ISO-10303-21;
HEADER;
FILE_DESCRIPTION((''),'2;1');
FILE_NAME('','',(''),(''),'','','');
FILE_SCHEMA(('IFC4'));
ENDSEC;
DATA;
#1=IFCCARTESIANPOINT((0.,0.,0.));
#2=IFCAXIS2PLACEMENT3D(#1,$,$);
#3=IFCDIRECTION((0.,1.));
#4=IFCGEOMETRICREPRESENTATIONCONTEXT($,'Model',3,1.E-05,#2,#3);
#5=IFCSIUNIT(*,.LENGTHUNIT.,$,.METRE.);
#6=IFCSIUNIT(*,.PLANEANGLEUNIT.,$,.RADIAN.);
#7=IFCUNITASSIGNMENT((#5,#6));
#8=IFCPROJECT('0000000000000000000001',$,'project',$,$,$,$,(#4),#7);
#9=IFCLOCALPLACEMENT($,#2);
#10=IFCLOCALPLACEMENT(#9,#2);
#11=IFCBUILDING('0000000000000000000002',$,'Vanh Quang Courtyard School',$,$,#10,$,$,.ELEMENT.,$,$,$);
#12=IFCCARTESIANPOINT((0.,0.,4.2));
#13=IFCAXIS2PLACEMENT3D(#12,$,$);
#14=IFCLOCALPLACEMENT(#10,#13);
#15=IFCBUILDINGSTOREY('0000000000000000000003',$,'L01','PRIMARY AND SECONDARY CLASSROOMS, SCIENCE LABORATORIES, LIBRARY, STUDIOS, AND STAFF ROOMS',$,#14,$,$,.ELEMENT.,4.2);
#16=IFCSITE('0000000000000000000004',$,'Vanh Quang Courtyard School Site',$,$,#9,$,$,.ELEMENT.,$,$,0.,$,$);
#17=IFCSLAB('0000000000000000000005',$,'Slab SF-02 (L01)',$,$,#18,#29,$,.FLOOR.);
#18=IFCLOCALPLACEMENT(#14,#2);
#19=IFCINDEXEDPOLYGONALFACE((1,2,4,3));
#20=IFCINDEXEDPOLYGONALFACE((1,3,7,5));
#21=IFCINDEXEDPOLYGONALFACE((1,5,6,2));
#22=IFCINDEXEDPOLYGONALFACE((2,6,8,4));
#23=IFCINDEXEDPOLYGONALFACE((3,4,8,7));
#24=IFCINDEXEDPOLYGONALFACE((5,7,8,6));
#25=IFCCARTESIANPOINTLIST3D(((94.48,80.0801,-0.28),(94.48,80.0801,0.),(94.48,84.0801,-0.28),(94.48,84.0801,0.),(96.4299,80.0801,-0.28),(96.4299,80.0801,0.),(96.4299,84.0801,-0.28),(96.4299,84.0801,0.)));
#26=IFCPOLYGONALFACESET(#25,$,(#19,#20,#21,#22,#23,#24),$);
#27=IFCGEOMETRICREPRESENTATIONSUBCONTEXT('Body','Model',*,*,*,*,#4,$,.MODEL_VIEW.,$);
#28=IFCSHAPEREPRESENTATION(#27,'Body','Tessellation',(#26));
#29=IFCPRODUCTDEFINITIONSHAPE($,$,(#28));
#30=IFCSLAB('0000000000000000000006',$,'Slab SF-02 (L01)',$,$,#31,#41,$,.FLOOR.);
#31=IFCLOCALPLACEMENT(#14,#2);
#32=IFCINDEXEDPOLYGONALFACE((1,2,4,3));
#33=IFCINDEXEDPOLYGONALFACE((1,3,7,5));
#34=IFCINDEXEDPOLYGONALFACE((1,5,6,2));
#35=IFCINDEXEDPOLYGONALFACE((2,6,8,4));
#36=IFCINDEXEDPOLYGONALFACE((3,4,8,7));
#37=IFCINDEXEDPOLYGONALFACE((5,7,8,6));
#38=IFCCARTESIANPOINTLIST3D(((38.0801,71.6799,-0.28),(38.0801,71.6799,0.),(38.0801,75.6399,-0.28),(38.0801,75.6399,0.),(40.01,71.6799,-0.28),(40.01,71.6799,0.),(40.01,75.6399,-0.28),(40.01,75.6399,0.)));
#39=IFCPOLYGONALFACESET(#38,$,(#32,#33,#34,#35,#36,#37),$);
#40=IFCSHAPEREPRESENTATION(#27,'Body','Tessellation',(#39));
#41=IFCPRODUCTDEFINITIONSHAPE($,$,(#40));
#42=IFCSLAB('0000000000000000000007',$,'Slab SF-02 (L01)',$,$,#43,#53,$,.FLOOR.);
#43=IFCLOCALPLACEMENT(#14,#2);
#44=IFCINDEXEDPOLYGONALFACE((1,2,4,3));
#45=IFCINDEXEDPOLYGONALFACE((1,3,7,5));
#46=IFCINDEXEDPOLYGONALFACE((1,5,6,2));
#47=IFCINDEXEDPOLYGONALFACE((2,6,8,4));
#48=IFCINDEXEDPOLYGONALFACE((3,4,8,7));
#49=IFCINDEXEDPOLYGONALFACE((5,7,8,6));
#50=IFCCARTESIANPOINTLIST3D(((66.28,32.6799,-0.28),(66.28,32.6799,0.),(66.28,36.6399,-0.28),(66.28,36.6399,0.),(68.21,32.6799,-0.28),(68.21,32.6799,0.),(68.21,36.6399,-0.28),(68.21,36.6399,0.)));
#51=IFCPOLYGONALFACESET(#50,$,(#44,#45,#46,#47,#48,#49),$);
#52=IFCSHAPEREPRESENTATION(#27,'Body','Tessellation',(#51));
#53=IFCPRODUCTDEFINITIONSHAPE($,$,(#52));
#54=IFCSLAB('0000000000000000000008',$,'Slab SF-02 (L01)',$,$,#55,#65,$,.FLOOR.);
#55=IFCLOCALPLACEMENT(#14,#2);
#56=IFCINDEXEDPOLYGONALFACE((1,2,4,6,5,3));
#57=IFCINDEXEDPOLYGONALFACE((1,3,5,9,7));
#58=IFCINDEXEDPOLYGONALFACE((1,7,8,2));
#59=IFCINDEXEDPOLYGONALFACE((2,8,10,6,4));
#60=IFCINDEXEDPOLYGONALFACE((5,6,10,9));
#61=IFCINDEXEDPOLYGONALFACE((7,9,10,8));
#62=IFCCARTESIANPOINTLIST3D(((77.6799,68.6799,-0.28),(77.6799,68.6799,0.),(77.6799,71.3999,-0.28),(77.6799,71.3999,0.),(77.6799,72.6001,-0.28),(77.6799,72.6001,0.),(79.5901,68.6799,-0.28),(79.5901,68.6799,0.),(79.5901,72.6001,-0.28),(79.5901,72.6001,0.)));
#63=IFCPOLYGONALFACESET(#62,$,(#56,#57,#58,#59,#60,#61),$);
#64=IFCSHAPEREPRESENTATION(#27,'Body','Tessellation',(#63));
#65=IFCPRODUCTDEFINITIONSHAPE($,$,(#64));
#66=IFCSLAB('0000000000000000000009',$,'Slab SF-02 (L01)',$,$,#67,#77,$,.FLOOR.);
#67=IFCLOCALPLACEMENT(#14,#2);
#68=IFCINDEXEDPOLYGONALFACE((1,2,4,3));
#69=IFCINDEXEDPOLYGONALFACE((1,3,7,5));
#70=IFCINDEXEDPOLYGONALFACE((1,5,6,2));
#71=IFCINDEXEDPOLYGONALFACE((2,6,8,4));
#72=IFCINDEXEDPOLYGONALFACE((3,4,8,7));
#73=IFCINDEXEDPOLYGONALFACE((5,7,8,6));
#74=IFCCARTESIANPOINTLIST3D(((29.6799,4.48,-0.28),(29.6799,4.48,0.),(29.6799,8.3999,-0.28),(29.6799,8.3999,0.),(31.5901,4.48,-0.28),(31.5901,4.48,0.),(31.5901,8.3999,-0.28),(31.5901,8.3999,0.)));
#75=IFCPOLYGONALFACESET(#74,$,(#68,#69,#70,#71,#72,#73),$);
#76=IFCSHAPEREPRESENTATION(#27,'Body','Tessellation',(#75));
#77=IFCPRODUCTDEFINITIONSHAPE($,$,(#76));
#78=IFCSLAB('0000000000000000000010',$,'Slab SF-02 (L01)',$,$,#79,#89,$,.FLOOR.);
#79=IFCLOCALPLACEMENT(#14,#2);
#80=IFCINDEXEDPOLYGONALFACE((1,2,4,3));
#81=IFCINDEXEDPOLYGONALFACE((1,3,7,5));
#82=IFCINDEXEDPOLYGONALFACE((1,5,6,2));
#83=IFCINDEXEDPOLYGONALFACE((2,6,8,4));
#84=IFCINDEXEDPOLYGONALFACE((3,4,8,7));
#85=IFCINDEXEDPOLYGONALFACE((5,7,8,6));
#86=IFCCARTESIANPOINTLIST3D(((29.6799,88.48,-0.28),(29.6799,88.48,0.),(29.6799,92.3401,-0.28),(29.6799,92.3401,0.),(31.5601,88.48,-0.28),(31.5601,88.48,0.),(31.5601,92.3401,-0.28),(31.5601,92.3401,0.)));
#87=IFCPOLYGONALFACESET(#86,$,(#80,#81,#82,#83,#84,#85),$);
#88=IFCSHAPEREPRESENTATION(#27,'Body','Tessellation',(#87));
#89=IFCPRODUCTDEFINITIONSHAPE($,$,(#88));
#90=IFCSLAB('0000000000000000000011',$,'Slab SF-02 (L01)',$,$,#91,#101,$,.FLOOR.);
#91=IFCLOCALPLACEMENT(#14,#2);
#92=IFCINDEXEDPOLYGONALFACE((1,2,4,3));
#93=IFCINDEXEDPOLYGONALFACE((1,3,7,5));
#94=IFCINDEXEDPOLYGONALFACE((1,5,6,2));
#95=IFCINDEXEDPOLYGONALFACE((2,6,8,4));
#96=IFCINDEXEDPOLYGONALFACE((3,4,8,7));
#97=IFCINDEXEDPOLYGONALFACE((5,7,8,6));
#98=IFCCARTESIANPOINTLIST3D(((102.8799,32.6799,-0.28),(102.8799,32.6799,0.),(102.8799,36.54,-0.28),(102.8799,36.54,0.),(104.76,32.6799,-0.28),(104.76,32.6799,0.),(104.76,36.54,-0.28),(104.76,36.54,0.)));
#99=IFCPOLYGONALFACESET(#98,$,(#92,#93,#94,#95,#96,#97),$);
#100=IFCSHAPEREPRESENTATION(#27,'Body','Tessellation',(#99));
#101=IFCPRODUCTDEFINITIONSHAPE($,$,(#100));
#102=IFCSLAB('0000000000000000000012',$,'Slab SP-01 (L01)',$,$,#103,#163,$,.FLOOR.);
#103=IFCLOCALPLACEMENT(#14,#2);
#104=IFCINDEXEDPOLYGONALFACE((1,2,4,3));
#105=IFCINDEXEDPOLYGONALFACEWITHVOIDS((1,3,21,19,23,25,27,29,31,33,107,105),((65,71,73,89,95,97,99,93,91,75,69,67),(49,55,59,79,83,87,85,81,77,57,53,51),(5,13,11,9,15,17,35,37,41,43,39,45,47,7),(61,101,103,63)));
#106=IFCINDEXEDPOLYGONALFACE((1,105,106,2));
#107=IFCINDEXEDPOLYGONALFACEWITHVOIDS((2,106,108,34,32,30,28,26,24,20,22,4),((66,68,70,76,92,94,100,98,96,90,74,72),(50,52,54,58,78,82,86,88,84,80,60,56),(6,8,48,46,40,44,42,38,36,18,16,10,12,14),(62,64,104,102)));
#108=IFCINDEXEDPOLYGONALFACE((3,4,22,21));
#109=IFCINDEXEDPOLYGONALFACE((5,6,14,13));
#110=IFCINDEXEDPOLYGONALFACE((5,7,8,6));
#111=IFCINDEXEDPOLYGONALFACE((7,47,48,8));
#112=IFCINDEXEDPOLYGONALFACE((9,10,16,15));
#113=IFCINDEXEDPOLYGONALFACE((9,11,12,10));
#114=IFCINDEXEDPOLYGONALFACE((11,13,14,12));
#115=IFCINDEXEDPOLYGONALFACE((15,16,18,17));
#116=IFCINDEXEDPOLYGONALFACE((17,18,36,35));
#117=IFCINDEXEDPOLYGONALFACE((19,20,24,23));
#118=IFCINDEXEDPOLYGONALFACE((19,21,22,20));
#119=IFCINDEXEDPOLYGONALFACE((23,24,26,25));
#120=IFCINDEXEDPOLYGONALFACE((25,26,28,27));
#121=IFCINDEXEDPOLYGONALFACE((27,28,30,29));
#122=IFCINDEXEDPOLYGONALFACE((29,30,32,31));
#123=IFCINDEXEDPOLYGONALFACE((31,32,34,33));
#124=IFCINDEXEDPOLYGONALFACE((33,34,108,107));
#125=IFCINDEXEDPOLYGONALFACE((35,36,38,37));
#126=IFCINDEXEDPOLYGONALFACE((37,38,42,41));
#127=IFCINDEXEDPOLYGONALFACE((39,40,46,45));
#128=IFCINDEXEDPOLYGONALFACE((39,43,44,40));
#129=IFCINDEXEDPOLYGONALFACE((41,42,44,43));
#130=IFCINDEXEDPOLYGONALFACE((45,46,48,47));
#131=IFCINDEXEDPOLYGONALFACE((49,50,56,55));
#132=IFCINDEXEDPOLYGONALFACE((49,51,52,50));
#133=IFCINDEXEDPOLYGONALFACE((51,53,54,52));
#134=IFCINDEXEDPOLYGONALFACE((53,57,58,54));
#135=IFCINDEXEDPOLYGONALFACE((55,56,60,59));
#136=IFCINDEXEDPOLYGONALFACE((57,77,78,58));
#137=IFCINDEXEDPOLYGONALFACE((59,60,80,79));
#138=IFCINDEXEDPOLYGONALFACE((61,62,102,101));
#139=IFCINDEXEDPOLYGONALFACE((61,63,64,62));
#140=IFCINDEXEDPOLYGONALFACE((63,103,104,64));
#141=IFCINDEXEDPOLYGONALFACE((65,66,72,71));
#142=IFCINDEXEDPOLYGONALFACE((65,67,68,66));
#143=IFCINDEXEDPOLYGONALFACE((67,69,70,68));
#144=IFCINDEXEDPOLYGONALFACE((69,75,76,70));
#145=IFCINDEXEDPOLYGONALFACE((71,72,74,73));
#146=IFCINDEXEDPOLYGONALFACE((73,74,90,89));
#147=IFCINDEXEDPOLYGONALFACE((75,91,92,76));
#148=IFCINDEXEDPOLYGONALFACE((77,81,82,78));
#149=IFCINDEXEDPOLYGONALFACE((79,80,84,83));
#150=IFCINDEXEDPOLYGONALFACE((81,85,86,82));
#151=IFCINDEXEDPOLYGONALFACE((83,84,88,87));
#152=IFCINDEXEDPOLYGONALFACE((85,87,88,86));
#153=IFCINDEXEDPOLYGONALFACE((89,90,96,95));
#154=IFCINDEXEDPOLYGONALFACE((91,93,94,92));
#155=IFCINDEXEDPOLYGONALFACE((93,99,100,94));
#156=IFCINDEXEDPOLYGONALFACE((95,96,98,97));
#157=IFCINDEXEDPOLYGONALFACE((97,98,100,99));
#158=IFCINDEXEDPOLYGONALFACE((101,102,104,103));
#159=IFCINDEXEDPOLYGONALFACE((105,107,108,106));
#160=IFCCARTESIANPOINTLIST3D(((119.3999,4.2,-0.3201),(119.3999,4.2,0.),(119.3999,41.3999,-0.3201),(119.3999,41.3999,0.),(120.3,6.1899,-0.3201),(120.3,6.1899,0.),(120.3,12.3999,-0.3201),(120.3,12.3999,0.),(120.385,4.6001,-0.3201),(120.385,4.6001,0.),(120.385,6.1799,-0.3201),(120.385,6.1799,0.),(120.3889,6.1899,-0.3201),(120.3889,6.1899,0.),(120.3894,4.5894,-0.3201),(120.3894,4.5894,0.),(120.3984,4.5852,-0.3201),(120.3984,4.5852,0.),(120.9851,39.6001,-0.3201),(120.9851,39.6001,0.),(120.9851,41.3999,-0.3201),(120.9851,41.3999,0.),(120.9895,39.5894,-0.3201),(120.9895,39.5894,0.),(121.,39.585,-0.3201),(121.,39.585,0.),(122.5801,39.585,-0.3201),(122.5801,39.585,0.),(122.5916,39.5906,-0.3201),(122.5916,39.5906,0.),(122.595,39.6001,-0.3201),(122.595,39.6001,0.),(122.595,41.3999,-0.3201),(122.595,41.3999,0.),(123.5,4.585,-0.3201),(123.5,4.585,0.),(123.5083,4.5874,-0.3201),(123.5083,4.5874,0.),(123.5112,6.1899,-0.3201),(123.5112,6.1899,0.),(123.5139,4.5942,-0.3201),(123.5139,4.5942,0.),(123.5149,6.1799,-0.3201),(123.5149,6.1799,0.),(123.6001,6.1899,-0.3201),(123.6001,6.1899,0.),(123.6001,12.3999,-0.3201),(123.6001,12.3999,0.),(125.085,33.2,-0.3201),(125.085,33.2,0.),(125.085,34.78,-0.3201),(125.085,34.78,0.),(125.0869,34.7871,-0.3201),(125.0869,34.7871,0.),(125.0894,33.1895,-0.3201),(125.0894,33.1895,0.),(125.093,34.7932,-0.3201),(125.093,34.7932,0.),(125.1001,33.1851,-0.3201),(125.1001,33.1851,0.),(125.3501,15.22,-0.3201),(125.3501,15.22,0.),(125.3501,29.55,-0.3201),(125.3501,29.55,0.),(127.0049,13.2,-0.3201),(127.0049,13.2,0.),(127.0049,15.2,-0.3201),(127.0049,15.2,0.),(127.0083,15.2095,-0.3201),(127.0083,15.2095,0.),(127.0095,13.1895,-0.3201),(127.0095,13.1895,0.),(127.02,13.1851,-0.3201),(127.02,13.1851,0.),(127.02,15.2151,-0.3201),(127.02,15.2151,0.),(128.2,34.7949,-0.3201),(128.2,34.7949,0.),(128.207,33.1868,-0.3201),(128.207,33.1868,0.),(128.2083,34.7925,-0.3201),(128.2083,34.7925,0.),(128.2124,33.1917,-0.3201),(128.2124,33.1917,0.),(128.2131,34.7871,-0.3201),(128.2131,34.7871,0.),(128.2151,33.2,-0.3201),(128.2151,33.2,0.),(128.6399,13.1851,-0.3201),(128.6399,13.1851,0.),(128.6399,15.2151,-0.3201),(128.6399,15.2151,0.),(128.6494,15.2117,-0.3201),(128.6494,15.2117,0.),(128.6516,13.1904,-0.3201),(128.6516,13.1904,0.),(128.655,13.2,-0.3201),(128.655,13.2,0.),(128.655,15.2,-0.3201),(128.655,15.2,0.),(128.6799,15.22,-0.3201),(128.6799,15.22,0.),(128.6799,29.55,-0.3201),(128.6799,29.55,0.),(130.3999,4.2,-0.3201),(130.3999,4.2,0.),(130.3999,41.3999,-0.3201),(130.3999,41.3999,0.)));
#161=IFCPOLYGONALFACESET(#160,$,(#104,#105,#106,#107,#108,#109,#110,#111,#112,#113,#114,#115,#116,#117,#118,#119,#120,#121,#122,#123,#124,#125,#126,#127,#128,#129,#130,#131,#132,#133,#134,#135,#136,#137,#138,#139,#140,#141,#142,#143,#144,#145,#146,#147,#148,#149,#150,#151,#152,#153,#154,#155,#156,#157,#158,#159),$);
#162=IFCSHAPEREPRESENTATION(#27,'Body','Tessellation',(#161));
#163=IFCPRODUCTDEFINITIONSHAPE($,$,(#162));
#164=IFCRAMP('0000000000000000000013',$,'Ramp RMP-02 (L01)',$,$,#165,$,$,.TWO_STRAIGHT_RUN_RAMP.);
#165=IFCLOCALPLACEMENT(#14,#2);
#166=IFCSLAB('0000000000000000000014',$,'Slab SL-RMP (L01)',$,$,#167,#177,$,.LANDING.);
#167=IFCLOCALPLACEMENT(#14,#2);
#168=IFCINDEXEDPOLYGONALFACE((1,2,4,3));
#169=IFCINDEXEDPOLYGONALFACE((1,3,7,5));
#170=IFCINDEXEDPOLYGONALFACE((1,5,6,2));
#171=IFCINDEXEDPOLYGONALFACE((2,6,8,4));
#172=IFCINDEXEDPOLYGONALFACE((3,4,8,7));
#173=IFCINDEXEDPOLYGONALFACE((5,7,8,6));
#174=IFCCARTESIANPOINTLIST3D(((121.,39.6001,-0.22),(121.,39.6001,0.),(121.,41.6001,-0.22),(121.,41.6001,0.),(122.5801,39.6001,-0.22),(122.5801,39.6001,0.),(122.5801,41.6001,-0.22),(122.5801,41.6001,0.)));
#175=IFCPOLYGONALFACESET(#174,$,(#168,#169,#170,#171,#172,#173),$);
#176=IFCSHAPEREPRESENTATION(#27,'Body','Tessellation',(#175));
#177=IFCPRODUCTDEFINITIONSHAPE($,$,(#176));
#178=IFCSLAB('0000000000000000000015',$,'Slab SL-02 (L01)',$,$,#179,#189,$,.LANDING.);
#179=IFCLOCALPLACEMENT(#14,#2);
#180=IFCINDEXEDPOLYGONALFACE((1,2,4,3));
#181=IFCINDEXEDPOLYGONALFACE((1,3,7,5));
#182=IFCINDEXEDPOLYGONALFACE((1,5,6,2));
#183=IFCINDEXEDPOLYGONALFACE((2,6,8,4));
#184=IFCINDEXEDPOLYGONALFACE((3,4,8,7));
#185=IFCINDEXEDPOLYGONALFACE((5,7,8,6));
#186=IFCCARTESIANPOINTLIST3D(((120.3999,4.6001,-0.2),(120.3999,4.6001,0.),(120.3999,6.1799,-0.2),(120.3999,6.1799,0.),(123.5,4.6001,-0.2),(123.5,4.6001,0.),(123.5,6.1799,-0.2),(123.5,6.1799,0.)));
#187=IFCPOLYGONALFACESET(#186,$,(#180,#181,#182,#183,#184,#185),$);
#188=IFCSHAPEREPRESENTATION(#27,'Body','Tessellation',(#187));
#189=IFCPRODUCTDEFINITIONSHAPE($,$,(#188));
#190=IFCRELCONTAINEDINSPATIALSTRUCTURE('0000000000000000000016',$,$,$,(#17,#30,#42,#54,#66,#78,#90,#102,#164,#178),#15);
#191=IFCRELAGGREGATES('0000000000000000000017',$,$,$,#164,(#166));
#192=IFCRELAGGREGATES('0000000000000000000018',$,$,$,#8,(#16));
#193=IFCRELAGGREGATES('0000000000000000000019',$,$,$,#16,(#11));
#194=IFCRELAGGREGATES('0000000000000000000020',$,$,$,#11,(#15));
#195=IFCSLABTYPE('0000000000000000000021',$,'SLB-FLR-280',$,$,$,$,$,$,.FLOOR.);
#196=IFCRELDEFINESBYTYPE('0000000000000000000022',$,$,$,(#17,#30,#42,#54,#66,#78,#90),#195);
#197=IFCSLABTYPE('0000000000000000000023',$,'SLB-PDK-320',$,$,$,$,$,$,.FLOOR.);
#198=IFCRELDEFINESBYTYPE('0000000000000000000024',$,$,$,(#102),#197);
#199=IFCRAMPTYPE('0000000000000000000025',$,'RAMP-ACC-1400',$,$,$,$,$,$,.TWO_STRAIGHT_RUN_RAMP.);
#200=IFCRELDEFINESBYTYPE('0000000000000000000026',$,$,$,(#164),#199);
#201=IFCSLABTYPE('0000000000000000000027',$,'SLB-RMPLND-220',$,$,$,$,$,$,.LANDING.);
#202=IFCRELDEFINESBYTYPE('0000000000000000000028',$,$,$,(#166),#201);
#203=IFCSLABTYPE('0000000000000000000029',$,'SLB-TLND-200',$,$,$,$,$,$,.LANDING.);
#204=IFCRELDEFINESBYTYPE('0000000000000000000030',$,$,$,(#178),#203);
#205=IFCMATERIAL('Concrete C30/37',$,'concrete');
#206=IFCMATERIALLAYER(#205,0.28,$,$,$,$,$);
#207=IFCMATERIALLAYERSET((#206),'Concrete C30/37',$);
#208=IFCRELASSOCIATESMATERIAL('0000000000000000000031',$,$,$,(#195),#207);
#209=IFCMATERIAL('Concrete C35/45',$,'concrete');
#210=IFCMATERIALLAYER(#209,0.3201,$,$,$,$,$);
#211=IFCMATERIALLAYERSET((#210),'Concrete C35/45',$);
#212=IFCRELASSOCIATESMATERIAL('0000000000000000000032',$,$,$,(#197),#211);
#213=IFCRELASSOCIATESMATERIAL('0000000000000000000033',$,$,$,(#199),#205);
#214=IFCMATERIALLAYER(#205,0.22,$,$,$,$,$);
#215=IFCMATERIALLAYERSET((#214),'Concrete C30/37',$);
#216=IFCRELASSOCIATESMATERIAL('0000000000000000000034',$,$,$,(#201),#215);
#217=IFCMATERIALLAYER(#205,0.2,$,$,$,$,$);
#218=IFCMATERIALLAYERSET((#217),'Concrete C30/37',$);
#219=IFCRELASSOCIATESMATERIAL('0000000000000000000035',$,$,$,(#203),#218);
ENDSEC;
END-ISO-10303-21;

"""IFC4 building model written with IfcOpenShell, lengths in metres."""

from ifc_helpers import new_model, si_unit, direction, frame, origin, place, context, subcontext, project, spatial, polyline, outline, extrude, material, layer, layer_set, type_object, element, aggregate, save


model = new_model("IFC4")

# Units and contexts
model_context = context("Model", 3, precision=1e-05, world=origin(), true_north=direction((0.0, 1.0)))
body_context = subcontext(model_context, "Body", "Model", "MODEL_VIEW")
ifc_project = project(units=[si_unit("LENGTHUNIT", "METRE"), si_unit("PLANEANGLEUNIT", "RADIAN")], contexts=[model_context])

# Site, building, storey
site_placement = place(None, origin())
site = spatial("IfcSite", under=ifc_project, at=site_placement, Name="Vanh Quang Courtyard School Site", CompositionType="ELEMENT", RefElevation=0.0)
building_placement = place(site_placement, origin())
building = spatial("IfcBuilding", under=site, at=building_placement, Name="Vanh Quang Courtyard School", CompositionType="ELEMENT")
storey_placement = place(building_placement, frame((0.0, 0.0, 4.2)))
storey = spatial("IfcBuildingStorey", under=building, at=storey_placement, Name="L01", Description="PRIMARY AND SECONDARY CLASSROOMS, SCIENCE LABORATORIES, LIBRARY, STUDIOS, AND STAFF ROOMS", CompositionType="ELEMENT", Elevation=4.2)

# Shared definitions
ifc_material_1 = material(Name="Concrete C35/45", Category="concrete")

# Slabs
ifc_material_2 = material(Name="Concrete C30/37", Category="concrete")
ifc_layer_1 = layer(ifc_material_2, 0.28)
ifc_layer_set_1 = layer_set([ifc_layer_1], Name="Concrete C30/37")
slab_type_1 = type_object("IfcSlabType", Name="SLB-FLR-280", PredefinedType="FLOOR", material=ifc_layer_set_1)
slab_1_placement = place(storey_placement, frame((0.0, 0.0, -0.28)))
element("IfcSlab", 1, at=slab_1_placement, inside=storey, type_object=slab_type_1, Name="Slab SF-02 (L01)", PredefinedType="FLOOR", context=body_context, shape_type="SweptSolid", body=[
    extrude(outline(polyline([(96.4299, 80.0801), (94.48, 80.0801), (94.48, 84.0801), (96.4299, 84.0801), (96.4299, 80.0801)])), origin(), (0.0, 0.0, 1.0), 0.28),
])
slab_2_placement = place(storey_placement, frame((0.0, 0.0, -0.28)))
element("IfcSlab", 2, at=slab_2_placement, inside=storey, type_object=slab_type_1, Name="Slab SF-02 (L01)", PredefinedType="FLOOR", context=body_context, shape_type="SweptSolid", body=[
    extrude(outline(polyline([(40.01, 71.6799), (38.0801, 71.6799), (38.0801, 75.6399), (40.01, 75.6399), (40.01, 71.6799)])), origin(), (0.0, 0.0, 1.0), 0.28),
])
slab_3_placement = place(storey_placement, frame((0.0, 0.0, -0.28)))
element("IfcSlab", 3, at=slab_3_placement, inside=storey, type_object=slab_type_1, Name="Slab SF-02 (L01)", PredefinedType="FLOOR", context=body_context, shape_type="SweptSolid", body=[
    extrude(outline(polyline([(68.21, 32.6799), (66.28, 32.6799), (66.28, 36.6399), (68.21, 36.6399), (68.21, 32.6799)])), origin(), (0.0, 0.0, 1.0), 0.28),
])
slab_4_placement = place(storey_placement, frame((0.0, 0.0, -0.28)))
element("IfcSlab", 4, at=slab_4_placement, inside=storey, type_object=slab_type_1, Name="Slab SF-02 (L01)", PredefinedType="FLOOR", context=body_context, shape_type="SweptSolid", body=[
    extrude(outline(polyline([(79.5901, 68.6799), (77.6799, 68.6799), (77.6799, 71.3999), (77.6799, 72.6001), (79.5901, 72.6001), (79.5901, 68.6799)])), origin(), (0.0, 0.0, 1.0), 0.28),
])
slab_5_placement = place(storey_placement, frame((0.0, 0.0, -0.28)))
element("IfcSlab", 5, at=slab_5_placement, inside=storey, type_object=slab_type_1, Name="Slab SF-02 (L01)", PredefinedType="FLOOR", context=body_context, shape_type="SweptSolid", body=[
    extrude(outline(polyline([(31.5901, 4.48), (29.6799, 4.48), (29.6799, 8.3999), (31.5901, 8.3999), (31.5901, 4.48)])), origin(), (0.0, 0.0, 1.0), 0.28),
])
slab_6_placement = place(storey_placement, frame((0.0, 0.0, -0.28)))
element("IfcSlab", 6, at=slab_6_placement, inside=storey, type_object=slab_type_1, Name="Slab SF-02 (L01)", PredefinedType="FLOOR", context=body_context, shape_type="SweptSolid", body=[
    extrude(outline(polyline([(31.5601, 88.48), (29.6799, 88.48), (29.6799, 92.3401), (31.5601, 92.3401), (31.5601, 88.48)])), origin(), (0.0, 0.0, 1.0), 0.28),
])
slab_7_placement = place(storey_placement, frame((0.0, 0.0, -0.28)))
element("IfcSlab", 7, at=slab_7_placement, inside=storey, type_object=slab_type_1, Name="Slab SF-02 (L01)", PredefinedType="FLOOR", context=body_context, shape_type="SweptSolid", body=[
    extrude(outline(polyline([(104.76, 32.6799), (102.8799, 32.6799), (102.8799, 36.54), (104.76, 36.54), (104.76, 32.6799)])), origin(), (0.0, 0.0, 1.0), 0.28),
])
ifc_layer_2 = layer(ifc_material_1, 0.3201)
ifc_layer_set_2 = layer_set([ifc_layer_2], Name="Concrete C35/45")
slab_type_2 = type_object("IfcSlabType", Name="SLB-PDK-320", PredefinedType="FLOOR", material=ifc_layer_set_2)
slab_8_placement = place(storey_placement, frame((0.0, 0.0, -0.3201)))
element("IfcSlab", 8, at=slab_8_placement, inside=storey, type_object=slab_type_2, Name="Slab SP-01 (L01)", PredefinedType="FLOOR", context=body_context, shape_type="SweptSolid", body=[
    extrude(outline(polyline([(119.3999, 4.2), (130.3999, 4.2), (130.3999, 41.3999), (122.595, 41.3999), (122.595, 39.6001), (122.5916, 39.5906), (122.5801, 39.585), (121.0, 39.585), (120.9895, 39.5894), (120.9851, 39.6001), (120.9851, 41.3999), (119.3999, 41.3999), (119.3999, 4.2)]), holes=[polyline([(120.3894, 4.5894), (120.385, 4.6001), (120.385, 6.1799), (120.3889, 6.1899), (120.3, 6.1899), (120.3, 12.3999), (123.6001, 12.3999), (123.6001, 6.1899), (123.5112, 6.1899), (123.5149, 6.1799), (123.5139, 4.5942), (123.5083, 4.5874), (123.5, 4.585), (120.3984, 4.5852), (120.3894, 4.5894)]), polyline([(127.0095, 13.1895), (127.0049, 13.2), (127.0049, 15.2), (127.0083, 15.2095), (127.02, 15.2151), (128.6399, 15.2151), (128.6494, 15.2117), (128.655, 15.2), (128.655, 13.2), (128.6516, 13.1904), (128.6399, 13.1851), (127.02, 13.1851), (127.0095, 13.1895)]), polyline([(128.6799, 29.55), (128.6799, 15.22), (125.3501, 15.22), (125.3501, 29.55), (128.6799, 29.55)]), polyline([(125.0894, 33.1895), (125.085, 33.2), (125.085, 34.78), (125.0869, 34.7871), (125.093, 34.7932), (128.2, 34.7949), (128.2083, 34.7925), (128.2131, 34.7871), (128.2151, 33.2), (128.2124, 33.1917), (128.207, 33.1868), (125.1001, 33.1851), (125.0894, 33.1895)])]), origin(), (0.0, 0.0, 1.0), 0.3201),
])

# Ramp, slab
ramp_type = type_object("IfcRampType", Name="RAMP-ACC-1400", PredefinedType="TWO_STRAIGHT_RUN_RAMP", material=ifc_material_2)
ramp_placement = place(storey_placement, origin())
ramp = element("IfcRamp", 9, at=ramp_placement, inside=storey, type_object=ramp_type, Name="Ramp RMP-02 (L01)", PredefinedType="TWO_STRAIGHT_RUN_RAMP")
ifc_layer_3 = layer(ifc_material_2, 0.22)
ifc_layer_set_3 = layer_set([ifc_layer_3], Name="Concrete C30/37")
slab_type_3 = type_object("IfcSlabType", Name="SLB-RMPLND-220", PredefinedType="LANDING", material=ifc_layer_set_3)
slab_9_placement = place(storey_placement, frame((0.0, 0.0, -0.22)))
slab_9 = element("IfcSlab", 10, at=slab_9_placement, type_object=slab_type_3, Name="Slab SL-RMP (L01)", PredefinedType="LANDING", context=body_context, shape_type="SweptSolid", body=[
    extrude(outline(polyline([(122.5801, 39.6001), (122.5801, 41.6001), (121.0, 41.6001), (121.0, 39.6001), (122.5801, 39.6001)])), origin(), (0.0, 0.0, 1.0), 0.22),
])
aggregate(ramp, [slab_9])

# Slab
ifc_layer_4 = layer(ifc_material_2, 0.2)
ifc_layer_set_4 = layer_set([ifc_layer_4], Name="Concrete C30/37")
slab_type_4 = type_object("IfcSlabType", Name="SLB-TLND-200", PredefinedType="LANDING", material=ifc_layer_set_4)
slab_10_placement = place(storey_placement, frame((0.0, 0.0, -0.2)))
element("IfcSlab", 11, at=slab_10_placement, inside=storey, type_object=slab_type_4, Name="Slab SL-02 (L01)", PredefinedType="LANDING", context=body_context, shape_type="SweptSolid", body=[
    extrude(outline(polyline([(120.3999, 4.6001), (123.5, 4.6001), (123.5, 6.1799), (120.3999, 6.1799), (120.3999, 4.6001)])), origin(), (0.0, 0.0, 1.0), 0.2),
])

save(model, "model.ifc")
